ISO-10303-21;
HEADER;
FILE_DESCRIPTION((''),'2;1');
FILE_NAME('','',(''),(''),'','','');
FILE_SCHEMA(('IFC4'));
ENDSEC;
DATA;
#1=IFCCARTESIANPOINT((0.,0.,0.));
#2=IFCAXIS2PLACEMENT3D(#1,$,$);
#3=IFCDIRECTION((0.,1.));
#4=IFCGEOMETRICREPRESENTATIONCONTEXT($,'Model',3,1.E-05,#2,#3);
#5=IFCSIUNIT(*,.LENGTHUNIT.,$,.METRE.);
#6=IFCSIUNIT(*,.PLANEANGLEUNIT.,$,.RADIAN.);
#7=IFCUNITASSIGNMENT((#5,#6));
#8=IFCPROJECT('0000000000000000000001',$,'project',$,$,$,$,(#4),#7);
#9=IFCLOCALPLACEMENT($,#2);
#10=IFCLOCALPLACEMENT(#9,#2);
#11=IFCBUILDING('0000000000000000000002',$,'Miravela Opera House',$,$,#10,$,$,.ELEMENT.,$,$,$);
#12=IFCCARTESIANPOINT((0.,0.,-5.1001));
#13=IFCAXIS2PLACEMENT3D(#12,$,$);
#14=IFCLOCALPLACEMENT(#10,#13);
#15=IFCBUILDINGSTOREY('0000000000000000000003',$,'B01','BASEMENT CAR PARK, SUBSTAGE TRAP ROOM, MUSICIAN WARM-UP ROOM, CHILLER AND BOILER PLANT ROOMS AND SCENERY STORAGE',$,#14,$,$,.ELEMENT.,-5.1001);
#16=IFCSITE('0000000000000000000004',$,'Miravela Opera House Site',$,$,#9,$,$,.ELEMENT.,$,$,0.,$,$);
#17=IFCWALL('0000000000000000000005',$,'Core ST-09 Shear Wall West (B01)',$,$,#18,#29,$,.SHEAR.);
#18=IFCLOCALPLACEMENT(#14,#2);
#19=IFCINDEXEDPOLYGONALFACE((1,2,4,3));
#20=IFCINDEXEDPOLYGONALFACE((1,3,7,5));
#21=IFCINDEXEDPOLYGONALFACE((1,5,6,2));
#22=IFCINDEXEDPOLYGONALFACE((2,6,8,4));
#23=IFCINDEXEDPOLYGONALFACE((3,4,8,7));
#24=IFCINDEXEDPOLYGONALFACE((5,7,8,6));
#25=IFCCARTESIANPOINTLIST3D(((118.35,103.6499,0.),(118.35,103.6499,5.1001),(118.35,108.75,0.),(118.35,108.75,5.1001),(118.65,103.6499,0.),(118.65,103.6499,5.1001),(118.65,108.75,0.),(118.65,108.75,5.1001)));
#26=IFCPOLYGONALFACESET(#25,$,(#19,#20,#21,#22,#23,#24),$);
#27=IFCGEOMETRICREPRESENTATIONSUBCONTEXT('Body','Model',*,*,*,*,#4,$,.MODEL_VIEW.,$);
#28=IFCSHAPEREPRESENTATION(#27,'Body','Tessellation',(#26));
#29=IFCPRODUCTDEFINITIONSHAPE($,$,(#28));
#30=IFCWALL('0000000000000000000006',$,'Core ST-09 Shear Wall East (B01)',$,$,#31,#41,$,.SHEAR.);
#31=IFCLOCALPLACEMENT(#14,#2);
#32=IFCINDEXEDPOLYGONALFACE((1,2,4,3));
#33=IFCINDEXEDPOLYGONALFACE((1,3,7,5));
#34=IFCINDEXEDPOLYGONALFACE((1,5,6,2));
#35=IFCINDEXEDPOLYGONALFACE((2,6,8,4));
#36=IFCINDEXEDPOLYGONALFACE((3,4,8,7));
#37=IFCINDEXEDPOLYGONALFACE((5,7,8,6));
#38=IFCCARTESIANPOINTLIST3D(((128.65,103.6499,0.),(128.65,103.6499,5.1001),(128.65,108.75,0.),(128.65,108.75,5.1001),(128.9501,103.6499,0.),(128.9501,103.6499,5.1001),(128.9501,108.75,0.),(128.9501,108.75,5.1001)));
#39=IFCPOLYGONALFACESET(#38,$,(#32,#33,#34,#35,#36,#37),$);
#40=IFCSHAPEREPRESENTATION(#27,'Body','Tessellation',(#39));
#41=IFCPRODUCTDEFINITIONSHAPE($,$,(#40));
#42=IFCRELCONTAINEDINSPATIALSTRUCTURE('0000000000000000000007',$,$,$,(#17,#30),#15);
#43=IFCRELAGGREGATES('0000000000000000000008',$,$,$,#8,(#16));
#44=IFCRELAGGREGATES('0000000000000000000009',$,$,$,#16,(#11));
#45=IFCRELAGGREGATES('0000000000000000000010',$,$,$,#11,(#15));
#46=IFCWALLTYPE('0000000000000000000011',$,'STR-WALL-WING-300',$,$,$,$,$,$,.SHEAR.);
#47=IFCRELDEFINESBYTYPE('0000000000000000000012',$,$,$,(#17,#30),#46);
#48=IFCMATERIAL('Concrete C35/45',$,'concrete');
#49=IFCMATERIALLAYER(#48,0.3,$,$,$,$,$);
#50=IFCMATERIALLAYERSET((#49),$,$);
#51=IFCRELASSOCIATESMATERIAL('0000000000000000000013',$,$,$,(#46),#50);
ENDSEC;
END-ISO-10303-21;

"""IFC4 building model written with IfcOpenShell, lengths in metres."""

from ifc_helpers import new_model, si_unit, direction, frame, frame_2d, origin, place, context, subcontext, project, spatial, rectangle, extrude, material, layer, layer_set, type_object, element, save


model = new_model("IFC4")

# Units and contexts
model_context = context("Model", 3, precision=1e-05, world=origin(), true_north=direction((0.0, 1.0)))
body_context = subcontext(model_context, "Body", "Model", "MODEL_VIEW")
ifc_project = project(units=[si_unit("LENGTHUNIT", "METRE"), si_unit("PLANEANGLEUNIT", "RADIAN")], contexts=[model_context])

# Site, building, storey
site_placement = place(None, origin())
site = spatial("IfcSite", under=ifc_project, at=site_placement, Name="Miravela Opera House Site", CompositionType="ELEMENT", RefElevation=0.0)
building_placement = place(site_placement, origin())
building = spatial("IfcBuilding", under=site, at=building_placement, Name="Miravela Opera House", CompositionType="ELEMENT")
storey_placement = place(building_placement, frame((0.0, 0.0, -5.1001)))
storey = spatial("IfcBuildingStorey", under=building, at=storey_placement, Name="B01", Description="BASEMENT CAR PARK, SUBSTAGE TRAP ROOM, MUSICIAN WARM-UP ROOM, CHILLER AND BOILER PLANT ROOMS AND SCENERY STORAGE", CompositionType="ELEMENT", Elevation=-5.1001)

# Shared definitions
ifc_material_1 = material(Name="Concrete C35/45", Category="concrete")

# Walls
ifc_layer_1 = layer(ifc_material_1, 0.3)
ifc_layer_set_1 = layer_set([ifc_layer_1])
wall_type_1 = type_object("IfcWallType", Name="STR-WALL-WING-300", PredefinedType="SHEAR", material=ifc_layer_set_1)
for number, where, z_axis, x_axis, name in (
    (1, (118.5, 103.6499, 0.0), (0.0, 0.0, 1.0), (0.0, 1.0, 0.0), "Core ST-09 Shear Wall West (B01)"),
    (2, (128.8, 103.6499, 0.0), (0.0, 0.0, 1.0), (0.0, 1.0, 0.0), "Core ST-09 Shear Wall East (B01)"),
):
    element("IfcWall", number, at=place(storey_placement, frame(where, z_axis=z_axis, x_axis=x_axis)), inside=storey, type_object=wall_type_1, Name=name, PredefinedType="SHEAR", context=body_context, shape_type="SweptSolid", body=[
        extrude(rectangle(XDim=5.1001, YDim=0.3, at=frame_2d((2.55, 0.0))), origin(), (0.0, 0.0, 1.0), 5.1001),
    ])

save(model, "model.ifc")
